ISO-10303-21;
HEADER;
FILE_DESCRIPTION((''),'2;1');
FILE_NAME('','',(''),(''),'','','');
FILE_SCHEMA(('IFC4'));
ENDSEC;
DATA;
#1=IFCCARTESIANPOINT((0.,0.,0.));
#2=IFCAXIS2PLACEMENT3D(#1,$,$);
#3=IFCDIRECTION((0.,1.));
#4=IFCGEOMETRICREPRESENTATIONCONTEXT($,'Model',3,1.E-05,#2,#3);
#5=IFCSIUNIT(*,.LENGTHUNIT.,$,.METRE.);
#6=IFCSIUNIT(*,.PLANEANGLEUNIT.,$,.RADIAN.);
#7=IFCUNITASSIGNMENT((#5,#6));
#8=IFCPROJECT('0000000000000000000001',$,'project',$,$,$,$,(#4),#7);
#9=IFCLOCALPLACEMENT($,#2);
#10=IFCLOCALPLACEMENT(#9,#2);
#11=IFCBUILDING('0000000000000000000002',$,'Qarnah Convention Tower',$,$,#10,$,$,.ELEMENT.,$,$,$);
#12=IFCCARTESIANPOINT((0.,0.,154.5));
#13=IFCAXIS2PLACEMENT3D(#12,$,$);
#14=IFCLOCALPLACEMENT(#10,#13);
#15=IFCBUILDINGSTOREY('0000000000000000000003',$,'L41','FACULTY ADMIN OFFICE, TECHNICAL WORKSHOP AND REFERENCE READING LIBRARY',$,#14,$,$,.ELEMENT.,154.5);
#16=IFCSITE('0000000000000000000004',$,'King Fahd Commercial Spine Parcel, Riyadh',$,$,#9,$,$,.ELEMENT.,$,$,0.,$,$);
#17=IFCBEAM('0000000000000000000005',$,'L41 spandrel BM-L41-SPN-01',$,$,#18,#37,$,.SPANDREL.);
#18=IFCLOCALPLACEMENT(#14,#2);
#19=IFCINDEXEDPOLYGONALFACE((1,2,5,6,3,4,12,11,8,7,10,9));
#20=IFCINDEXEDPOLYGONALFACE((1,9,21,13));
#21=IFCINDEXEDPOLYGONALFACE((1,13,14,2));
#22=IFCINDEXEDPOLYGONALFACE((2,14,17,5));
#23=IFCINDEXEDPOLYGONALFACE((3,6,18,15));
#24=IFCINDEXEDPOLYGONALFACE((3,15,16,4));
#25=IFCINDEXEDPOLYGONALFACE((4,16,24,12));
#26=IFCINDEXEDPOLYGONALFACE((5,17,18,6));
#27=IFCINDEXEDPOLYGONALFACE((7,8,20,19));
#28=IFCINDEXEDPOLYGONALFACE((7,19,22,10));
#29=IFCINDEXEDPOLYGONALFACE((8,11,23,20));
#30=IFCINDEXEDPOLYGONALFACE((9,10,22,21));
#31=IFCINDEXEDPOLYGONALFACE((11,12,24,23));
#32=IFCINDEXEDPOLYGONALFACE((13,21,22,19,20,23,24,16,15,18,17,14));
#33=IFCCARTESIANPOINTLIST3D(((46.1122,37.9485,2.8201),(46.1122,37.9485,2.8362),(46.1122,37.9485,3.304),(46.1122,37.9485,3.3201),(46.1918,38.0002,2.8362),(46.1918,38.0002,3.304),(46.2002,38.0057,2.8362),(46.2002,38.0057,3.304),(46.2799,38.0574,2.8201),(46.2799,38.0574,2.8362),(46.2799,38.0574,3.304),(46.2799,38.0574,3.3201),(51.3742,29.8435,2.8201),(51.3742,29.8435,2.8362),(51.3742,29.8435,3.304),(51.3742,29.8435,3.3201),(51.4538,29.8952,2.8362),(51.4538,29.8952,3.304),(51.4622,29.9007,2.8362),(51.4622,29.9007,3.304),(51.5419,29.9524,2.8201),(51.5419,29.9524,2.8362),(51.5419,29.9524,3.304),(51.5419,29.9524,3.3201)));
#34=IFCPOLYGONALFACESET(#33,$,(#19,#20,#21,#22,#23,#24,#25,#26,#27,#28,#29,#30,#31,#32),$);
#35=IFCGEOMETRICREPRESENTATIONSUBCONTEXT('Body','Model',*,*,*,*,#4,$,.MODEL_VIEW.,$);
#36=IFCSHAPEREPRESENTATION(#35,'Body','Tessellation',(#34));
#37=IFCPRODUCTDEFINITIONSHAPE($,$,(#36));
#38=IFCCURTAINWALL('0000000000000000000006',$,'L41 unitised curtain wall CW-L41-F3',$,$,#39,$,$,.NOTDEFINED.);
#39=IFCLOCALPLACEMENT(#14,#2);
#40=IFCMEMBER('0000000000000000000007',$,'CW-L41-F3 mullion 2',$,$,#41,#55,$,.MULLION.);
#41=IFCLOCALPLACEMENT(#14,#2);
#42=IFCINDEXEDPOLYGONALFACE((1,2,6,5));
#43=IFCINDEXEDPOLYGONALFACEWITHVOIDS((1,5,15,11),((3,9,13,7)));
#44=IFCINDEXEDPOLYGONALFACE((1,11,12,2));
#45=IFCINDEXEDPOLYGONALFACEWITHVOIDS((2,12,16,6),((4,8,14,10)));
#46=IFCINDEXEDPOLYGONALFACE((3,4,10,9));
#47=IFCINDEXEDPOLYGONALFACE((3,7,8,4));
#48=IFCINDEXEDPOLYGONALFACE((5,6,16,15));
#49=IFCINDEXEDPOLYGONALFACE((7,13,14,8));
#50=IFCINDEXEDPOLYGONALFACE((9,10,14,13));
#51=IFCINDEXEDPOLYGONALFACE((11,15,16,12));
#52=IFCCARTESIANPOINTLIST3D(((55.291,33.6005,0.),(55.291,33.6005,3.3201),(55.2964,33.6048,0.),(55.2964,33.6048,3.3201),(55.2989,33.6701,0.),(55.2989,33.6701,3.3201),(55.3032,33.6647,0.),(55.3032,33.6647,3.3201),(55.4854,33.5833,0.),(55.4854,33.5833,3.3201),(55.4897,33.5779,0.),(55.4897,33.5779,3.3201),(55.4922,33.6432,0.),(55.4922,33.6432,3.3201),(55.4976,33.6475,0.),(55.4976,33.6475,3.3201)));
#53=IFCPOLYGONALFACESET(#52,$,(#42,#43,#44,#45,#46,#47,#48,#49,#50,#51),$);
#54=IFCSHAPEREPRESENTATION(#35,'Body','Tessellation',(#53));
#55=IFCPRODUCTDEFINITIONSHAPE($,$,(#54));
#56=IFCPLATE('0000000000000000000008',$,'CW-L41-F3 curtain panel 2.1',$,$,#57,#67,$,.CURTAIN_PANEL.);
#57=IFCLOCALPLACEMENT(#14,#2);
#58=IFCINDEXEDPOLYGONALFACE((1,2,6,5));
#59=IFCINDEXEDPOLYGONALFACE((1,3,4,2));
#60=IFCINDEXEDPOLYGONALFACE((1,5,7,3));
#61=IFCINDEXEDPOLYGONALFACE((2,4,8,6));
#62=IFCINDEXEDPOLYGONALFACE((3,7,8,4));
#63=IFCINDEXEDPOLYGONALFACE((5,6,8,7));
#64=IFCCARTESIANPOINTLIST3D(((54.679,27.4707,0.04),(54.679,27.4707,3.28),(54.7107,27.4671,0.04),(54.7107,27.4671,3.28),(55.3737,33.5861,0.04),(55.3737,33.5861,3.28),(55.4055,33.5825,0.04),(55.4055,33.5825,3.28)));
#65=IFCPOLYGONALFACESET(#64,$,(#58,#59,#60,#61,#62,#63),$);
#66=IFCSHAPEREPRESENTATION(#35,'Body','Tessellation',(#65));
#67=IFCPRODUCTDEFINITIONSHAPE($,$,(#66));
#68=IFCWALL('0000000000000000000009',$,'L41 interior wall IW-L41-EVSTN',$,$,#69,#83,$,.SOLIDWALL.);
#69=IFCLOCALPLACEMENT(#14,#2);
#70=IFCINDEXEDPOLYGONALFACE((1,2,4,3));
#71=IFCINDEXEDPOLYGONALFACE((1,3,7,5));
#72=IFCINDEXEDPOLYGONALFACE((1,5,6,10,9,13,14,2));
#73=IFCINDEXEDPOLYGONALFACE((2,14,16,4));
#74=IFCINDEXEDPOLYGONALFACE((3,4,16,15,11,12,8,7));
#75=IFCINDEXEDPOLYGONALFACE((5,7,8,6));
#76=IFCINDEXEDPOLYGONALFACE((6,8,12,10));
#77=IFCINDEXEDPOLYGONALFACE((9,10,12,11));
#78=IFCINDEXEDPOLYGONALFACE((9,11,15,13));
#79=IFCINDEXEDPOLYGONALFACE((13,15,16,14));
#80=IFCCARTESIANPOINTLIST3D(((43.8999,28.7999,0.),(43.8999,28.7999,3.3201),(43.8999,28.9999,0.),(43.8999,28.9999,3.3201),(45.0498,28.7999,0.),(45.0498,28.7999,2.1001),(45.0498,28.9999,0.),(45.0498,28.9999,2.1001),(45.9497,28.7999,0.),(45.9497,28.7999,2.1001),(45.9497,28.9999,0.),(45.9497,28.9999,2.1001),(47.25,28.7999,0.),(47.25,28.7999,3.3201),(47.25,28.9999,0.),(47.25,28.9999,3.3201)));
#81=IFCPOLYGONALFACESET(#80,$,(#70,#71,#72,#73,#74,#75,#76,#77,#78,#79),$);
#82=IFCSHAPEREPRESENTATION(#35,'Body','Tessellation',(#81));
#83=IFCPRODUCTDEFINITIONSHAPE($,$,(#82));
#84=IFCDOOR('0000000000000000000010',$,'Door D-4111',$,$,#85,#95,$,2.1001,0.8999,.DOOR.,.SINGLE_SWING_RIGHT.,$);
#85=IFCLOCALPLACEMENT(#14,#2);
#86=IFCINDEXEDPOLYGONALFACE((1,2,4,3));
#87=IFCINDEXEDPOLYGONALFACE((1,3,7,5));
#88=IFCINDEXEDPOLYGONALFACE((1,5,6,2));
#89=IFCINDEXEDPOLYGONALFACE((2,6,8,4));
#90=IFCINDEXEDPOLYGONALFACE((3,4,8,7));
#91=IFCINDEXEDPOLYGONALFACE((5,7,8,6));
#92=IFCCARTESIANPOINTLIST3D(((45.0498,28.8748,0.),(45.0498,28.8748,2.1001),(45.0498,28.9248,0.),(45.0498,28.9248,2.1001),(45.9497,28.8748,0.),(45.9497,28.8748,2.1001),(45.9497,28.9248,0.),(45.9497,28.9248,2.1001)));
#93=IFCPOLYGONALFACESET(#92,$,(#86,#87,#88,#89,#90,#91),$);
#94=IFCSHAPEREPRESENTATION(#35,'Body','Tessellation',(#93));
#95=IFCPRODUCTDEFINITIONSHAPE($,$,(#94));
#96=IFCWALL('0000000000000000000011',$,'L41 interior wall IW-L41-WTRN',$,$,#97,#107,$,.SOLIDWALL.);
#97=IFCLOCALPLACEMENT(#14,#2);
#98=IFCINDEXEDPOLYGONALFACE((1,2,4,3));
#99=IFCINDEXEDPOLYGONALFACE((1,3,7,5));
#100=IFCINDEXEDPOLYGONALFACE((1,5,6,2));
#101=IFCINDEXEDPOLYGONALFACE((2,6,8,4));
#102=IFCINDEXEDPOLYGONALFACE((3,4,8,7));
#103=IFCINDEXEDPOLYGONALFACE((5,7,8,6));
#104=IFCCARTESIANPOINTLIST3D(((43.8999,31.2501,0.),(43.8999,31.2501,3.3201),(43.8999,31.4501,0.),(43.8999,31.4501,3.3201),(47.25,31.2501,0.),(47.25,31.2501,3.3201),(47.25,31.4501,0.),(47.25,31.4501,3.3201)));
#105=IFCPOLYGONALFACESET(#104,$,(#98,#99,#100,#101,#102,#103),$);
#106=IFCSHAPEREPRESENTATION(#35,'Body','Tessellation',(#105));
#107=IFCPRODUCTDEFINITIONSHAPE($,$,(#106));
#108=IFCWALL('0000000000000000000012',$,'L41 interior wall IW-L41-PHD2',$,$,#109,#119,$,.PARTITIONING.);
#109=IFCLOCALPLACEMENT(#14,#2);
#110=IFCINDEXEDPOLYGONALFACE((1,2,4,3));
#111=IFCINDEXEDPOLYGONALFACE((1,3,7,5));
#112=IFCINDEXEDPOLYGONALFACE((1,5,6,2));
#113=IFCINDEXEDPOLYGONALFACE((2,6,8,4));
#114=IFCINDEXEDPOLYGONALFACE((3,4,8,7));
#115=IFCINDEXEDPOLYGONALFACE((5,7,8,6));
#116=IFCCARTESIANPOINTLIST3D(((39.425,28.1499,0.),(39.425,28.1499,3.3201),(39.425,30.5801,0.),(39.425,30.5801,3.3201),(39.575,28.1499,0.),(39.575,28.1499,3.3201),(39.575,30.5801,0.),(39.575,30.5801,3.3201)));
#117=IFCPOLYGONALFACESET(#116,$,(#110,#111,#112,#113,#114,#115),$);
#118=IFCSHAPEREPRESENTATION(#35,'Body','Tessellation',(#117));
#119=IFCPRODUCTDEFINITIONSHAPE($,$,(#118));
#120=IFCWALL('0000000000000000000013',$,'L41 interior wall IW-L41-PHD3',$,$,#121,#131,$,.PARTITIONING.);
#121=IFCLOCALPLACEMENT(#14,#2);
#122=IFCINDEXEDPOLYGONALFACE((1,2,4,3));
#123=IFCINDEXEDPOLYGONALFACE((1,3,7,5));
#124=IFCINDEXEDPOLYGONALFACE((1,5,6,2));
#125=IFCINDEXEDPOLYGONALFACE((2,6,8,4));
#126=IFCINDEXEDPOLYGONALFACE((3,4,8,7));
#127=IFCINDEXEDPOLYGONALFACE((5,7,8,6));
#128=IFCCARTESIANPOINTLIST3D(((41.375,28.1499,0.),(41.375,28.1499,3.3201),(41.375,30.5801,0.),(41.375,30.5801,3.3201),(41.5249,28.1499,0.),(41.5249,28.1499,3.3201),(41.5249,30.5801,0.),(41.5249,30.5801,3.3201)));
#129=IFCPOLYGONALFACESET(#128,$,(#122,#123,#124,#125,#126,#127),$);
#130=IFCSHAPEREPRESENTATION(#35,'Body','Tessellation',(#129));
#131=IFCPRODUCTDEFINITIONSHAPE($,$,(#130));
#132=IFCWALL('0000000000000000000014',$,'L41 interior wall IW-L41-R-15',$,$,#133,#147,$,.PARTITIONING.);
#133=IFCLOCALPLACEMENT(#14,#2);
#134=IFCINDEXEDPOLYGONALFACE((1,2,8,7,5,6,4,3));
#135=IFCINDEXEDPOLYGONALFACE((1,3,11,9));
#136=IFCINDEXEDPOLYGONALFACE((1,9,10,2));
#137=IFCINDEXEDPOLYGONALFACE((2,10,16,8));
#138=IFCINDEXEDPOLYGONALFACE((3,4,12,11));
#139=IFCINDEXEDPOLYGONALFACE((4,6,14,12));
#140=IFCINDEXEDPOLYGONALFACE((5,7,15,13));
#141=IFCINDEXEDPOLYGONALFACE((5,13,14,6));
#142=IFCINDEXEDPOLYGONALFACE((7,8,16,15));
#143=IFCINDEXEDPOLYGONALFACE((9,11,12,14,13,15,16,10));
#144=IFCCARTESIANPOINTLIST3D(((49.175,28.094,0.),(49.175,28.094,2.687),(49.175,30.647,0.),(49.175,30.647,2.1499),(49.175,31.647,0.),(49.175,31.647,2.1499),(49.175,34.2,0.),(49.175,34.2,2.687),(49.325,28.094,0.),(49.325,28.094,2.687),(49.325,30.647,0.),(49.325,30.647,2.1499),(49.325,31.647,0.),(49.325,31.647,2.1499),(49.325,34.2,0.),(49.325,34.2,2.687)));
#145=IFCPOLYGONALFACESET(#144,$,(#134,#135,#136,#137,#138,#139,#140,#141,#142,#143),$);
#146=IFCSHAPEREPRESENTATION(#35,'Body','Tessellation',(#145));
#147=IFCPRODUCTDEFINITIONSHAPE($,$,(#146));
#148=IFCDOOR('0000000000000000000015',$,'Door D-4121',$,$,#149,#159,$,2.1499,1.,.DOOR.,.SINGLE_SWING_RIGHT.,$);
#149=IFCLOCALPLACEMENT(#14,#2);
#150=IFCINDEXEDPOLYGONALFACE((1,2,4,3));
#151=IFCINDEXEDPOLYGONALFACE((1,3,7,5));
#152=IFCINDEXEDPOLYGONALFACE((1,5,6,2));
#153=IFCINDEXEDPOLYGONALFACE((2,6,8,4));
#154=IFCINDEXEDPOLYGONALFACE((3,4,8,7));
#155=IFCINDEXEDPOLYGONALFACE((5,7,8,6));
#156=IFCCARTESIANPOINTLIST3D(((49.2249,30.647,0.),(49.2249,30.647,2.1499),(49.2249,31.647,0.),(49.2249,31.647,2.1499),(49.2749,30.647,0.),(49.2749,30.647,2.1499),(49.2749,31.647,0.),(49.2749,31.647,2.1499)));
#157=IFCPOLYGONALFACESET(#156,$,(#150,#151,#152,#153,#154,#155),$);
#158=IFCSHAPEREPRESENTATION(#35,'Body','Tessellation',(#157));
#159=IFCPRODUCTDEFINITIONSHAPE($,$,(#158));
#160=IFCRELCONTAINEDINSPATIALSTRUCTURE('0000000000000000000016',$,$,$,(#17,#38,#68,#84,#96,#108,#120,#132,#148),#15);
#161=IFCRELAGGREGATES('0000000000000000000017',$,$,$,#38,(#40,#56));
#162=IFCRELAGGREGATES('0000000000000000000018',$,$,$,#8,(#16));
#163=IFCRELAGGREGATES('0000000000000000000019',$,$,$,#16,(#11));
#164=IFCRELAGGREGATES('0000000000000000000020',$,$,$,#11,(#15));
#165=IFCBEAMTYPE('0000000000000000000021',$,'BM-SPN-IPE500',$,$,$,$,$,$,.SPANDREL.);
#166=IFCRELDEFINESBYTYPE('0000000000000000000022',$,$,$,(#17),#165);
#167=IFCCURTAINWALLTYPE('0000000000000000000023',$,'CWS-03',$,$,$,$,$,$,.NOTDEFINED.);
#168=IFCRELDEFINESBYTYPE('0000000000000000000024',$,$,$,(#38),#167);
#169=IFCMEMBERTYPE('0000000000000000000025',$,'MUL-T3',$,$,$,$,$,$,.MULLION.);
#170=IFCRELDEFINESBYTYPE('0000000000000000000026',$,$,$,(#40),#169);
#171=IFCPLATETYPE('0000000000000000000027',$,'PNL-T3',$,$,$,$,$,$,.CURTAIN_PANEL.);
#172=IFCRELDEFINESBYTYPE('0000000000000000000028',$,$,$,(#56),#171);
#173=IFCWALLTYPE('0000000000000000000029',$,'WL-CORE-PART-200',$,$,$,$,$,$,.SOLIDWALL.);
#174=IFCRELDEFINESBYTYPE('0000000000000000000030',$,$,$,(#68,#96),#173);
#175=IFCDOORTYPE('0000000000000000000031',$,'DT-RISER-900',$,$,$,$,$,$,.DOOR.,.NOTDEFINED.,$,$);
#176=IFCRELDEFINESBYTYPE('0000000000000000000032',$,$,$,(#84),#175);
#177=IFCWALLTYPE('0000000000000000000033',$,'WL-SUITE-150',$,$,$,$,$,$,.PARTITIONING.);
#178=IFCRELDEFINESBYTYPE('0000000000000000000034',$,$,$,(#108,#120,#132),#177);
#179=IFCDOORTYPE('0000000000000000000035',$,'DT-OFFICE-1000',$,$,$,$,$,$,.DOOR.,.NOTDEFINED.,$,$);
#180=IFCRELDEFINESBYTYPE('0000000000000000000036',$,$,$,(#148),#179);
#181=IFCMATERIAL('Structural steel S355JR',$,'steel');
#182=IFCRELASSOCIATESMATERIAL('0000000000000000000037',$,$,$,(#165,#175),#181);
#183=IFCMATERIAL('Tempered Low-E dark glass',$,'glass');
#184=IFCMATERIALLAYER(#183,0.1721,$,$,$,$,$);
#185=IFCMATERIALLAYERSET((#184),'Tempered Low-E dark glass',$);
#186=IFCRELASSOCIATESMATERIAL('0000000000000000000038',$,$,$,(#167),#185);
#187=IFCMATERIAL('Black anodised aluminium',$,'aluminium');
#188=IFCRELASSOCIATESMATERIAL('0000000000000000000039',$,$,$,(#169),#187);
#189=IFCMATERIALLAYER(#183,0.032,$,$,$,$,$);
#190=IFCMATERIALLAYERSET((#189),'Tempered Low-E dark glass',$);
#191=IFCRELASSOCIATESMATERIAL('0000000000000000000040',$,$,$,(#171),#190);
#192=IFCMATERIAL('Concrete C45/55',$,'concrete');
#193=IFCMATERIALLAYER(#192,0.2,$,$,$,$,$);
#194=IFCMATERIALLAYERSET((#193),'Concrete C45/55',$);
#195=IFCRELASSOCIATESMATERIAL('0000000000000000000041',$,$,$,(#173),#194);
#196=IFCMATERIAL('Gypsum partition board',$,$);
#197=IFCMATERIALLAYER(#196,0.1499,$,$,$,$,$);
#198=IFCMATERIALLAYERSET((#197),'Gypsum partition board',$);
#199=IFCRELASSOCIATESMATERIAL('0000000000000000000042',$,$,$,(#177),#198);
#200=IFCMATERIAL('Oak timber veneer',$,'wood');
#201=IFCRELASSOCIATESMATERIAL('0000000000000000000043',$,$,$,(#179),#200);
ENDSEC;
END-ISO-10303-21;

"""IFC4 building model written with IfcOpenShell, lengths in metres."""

from ifc_helpers import new_model, si_unit, direction, frame, frame_2d, origin, origin_2d, place, context, subcontext, project, spatial, rectangle, hollow_rectangle, i_section, extrude, material, layer, layer_set, material_profile, profile_set, type_object, element, fill, aggregate, save


model = new_model("IFC4")

# Units and contexts
model_context = context("Model", 3, precision=1e-05, world=origin(), true_north=direction((0.0, 1.0)))
body_context = subcontext(model_context, "Body", "Model", "MODEL_VIEW")
ifc_project = project(units=[si_unit("LENGTHUNIT", "METRE"), si_unit("PLANEANGLEUNIT", "RADIAN")], contexts=[model_context])

# Site, building, storey
site_placement = place(None, origin())
site = spatial("IfcSite", under=ifc_project, at=site_placement, Name="King Fahd Commercial Spine Parcel, Riyadh", CompositionType="ELEMENT", RefElevation=0.0)
building_placement = place(site_placement, origin())
building = spatial("IfcBuilding", under=site, at=building_placement, Name="Qarnah Convention Tower", CompositionType="ELEMENT")
storey_placement = place(building_placement, frame((0.0, 0.0, 154.5)))
storey = spatial("IfcBuildingStorey", under=building, at=storey_placement, Name="L41", Description="FACULTY ADMIN OFFICE, TECHNICAL WORKSHOP AND REFERENCE READING LIBRARY", CompositionType="ELEMENT", Elevation=154.5)

# Beam
ifc_material_1 = material(Name="Structural steel S355JR", Category="steel")
ifc_material_profile_1 = material_profile(ifc_material_1, i_section(OverallWidth=0.2, OverallDepth=0.5, WebThickness=0.01, FlangeThickness=0.0161, at=origin_2d()), Name="IPE500")
ifc_profile_set_1 = profile_set([ifc_material_profile_1], Name="Structural steel S355JR")
beam_type_1 = type_object("IfcBeamType", Name="BM-SPN-IPE500", PredefinedType="SPANDREL", material=ifc_profile_set_1)
beam_1_placement = place(storey_placement, frame((51.458, 29.8979, 3.0701), z_axis=(-0.544532, 0.83874, 0.0), x_axis=(-0.83874, -0.544532, 0.0)))
element("IfcBeam", 1, at=beam_1_placement, inside=storey, type_object=beam_type_1, Name="L41 spandrel BM-L41-SPN-01", PredefinedType="SPANDREL", context=body_context, shape_type="SweptSolid", body=[
    extrude(i_section(OverallWidth=0.2, OverallDepth=0.5, WebThickness=0.01, FlangeThickness=0.0161, at=origin_2d()), origin(), (0.0, 0.0, 1.0), 9.6633),
])

# Curtain wall, member, plate
ifc_material_2 = material(Name="Tempered Low-E dark glass", Category="glass")
ifc_layer_1 = layer(ifc_material_2, 0.1721)
ifc_layer_set_1 = layer_set([ifc_layer_1], Name="Tempered Low-E dark glass")
curtain_wall_type = type_object("IfcCurtainWallType", Name="CWS-03", PredefinedType="NOTDEFINED", material=ifc_layer_set_1)
curtain_wall_placement = place(storey_placement, origin())
curtain_wall = element("IfcCurtainWall", 2, at=curtain_wall_placement, inside=storey, type_object=curtain_wall_type, Name="L41 unitised curtain wall CW-L41-F3", PredefinedType="NOTDEFINED")
ifc_material_3 = material(Name="Black anodised aluminium", Category="aluminium")
ifc_material_profile_2 = material_profile(ifc_material_3, hollow_rectangle(XDim=0.0701, YDim=0.2, WallThickness=0.0049, at=origin_2d()), Name="MUL-70X200")
ifc_profile_set_2 = profile_set([ifc_material_profile_2], Name="Black anodised aluminium")
member_type = type_object("IfcMemberType", Name="MUL-T3", PredefinedType="MULLION", material=ifc_profile_set_2)
member_placement = place(storey_placement, frame((55.3943, 33.624, 0.0), z_axis=(0.0, 0.0, 1.0), x_axis=(-0.112882, -0.993608, 0.0)))
member = element("IfcMember", 3, at=member_placement, type_object=member_type, Name="CW-L41-F3 mullion 2", PredefinedType="MULLION", context=body_context, shape_type="SweptSolid", body=[
    extrude(hollow_rectangle(XDim=0.0701, YDim=0.2, WallThickness=0.0049, at=origin_2d()), origin(), (0.0, 0.0, 1.0), 3.3201),
])
ifc_layer_2 = layer(ifc_material_2, 0.032)
ifc_layer_set_2 = layer_set([ifc_layer_2], Name="Tempered Low-E dark glass")
plate_type = type_object("IfcPlateType", Name="PNL-T3", PredefinedType="CURTAIN_PANEL", material=ifc_layer_set_2)
plate_placement = place(storey_placement, frame((55.0422, 30.5266, 0.04), z_axis=(0.0, 0.0, 1.0), x_axis=(-0.112882, -0.993608, 0.0)))
plate = element("IfcPlate", 4, at=plate_placement, type_object=plate_type, Name="CW-L41-F3 curtain panel 2.1", PredefinedType="CURTAIN_PANEL", context=body_context, shape_type="SweptSolid", body=[
    extrude(rectangle(XDim=6.1548, YDim=0.032, at=origin_2d()), origin(), (0.0, 0.0, 1.0), 3.24),
])
aggregate(curtain_wall, [member, plate])

# Wall, opening, door
ifc_material_4 = material(Name="Concrete C45/55", Category="concrete")
ifc_layer_3 = layer(ifc_material_4, 0.2)
ifc_layer_set_3 = layer_set([ifc_layer_3], Name="Concrete C45/55")
wall_type_1 = type_object("IfcWallType", Name="WL-CORE-PART-200", PredefinedType="SOLIDWALL", material=ifc_layer_set_3)
wall_1_placement = place(storey_placement, frame((43.8999, 28.8999, 0.0), z_axis=(0.0, 0.0, 1.0), x_axis=(1.0, 0.0, 0.0)))
wall_1 = element("IfcWall", 5, at=wall_1_placement, inside=storey, type_object=wall_type_1, Name="L41 interior wall IW-L41-EVSTN", PredefinedType="SOLIDWALL", context=body_context, shape_type="SweptSolid", body=[
    extrude(rectangle(XDim=3.3501, YDim=0.2, at=frame_2d((1.675, 0.0))), origin(), (0.0, 0.0, 1.0), 3.3201),
])
opening_1_placement = place(wall_1_placement, frame((1.1499, 0.0, 0.0)))
opening_1 = element("IfcOpeningElement", 6, at=opening_1_placement, cuts=wall_1, PredefinedType="OPENING", context=body_context, shape_type="SweptSolid", body=[
    extrude(rectangle(XDim=0.8999, YDim=2.1001, at=frame_2d((0.45, 1.05))), frame((0.0, 0.1099, 0.0), z_axis=(0.0, -1.0, 0.0), x_axis=(1.0, 0.0, 0.0)), (0.0, 0.0, 1.0), 0.22),
])
door_type_1 = type_object("IfcDoorType", Name="DT-RISER-900", OperationType="NOTDEFINED", PredefinedType="DOOR", material=ifc_material_1)
door_1_placement = place(opening_1_placement, origin())
door_1 = element("IfcDoor", 7, at=door_1_placement, inside=storey, type_object=door_type_1, Name="Door D-4111", OperationType="SINGLE_SWING_RIGHT", OverallHeight=2.1001, OverallWidth=0.8999, PredefinedType="DOOR", context=body_context, shape_type="SweptSolid", body=[
    extrude(rectangle(XDim=0.8999, YDim=2.1001, at=frame_2d((0.45, 1.05))), frame((0.0, 0.0249, 0.0), z_axis=(0.0, -1.0, 0.0), x_axis=(1.0, 0.0, 0.0)), (0.0, 0.0, 1.0), 0.05),
])
fill(opening_1, door_1)

# Walls
wall_2_placement = place(storey_placement, frame((43.8999, 31.3501, 0.0), z_axis=(0.0, 0.0, 1.0), x_axis=(1.0, 0.0, 0.0)))
element("IfcWall", 8, at=wall_2_placement, inside=storey, type_object=wall_type_1, Name="L41 interior wall IW-L41-WTRN", PredefinedType="SOLIDWALL", context=body_context, shape_type="SweptSolid", body=[
    extrude(rectangle(XDim=3.3501, YDim=0.2, at=frame_2d((1.675, 0.0))), origin(), (0.0, 0.0, 1.0), 3.3201),
])
ifc_material_5 = material(Name="Gypsum partition board")
ifc_layer_4 = layer(ifc_material_5, 0.1499)
ifc_layer_set_4 = layer_set([ifc_layer_4], Name="Gypsum partition board")
wall_type_2 = type_object("IfcWallType", Name="WL-SUITE-150", PredefinedType="PARTITIONING", material=ifc_layer_set_4)
for number, where, z_axis, x_axis, name in (
    (9, (39.5, 28.1499, 0.0), (0.0, 0.0, 1.0), (0.0, 1.0, 0.0), "L41 interior wall IW-L41-PHD2"),
    (10, (41.45, 28.1499, 0.0), (0.0, 0.0, 1.0), (0.0, 1.0, 0.0), "L41 interior wall IW-L41-PHD3"),
):
    element("IfcWall", number, at=place(storey_placement, frame(where, z_axis=z_axis, x_axis=x_axis)), inside=storey, type_object=wall_type_2, Name=name, PredefinedType="PARTITIONING", context=body_context, shape_type="SweptSolid", body=[
        extrude(rectangle(XDim=2.4302, YDim=0.1499, at=frame_2d((1.2151, 0.0))), origin(), (0.0, 0.0, 1.0), 3.3201),
    ])

# Wall, opening, door
wall_3_placement = place(storey_placement, frame((49.25, 34.2, 0.0), z_axis=(0.0, 0.0, 1.0), x_axis=(0.0, -1.0, 0.0)))
wall_3 = element("IfcWall", 11, at=wall_3_placement, inside=storey, type_object=wall_type_2, Name="L41 interior wall IW-L41-R-15", PredefinedType="PARTITIONING", context=body_context, shape_type="SweptSolid", body=[
    extrude(rectangle(XDim=6.106, YDim=0.1499, at=frame_2d((3.053, 0.0))), origin(), (0.0, 0.0, 1.0), 2.687),
])
opening_2_placement = place(wall_3_placement, frame((2.553, 0.0, 0.0)))
opening_2 = element("IfcOpeningElement", 12, at=opening_2_placement, cuts=wall_3, PredefinedType="OPENING", context=body_context, shape_type="SweptSolid", body=[
    extrude(rectangle(XDim=1.0, YDim=2.1499, at=frame_2d((0.5, 1.075))), frame((0.0, 0.085, 0.0), z_axis=(0.0, -1.0, 0.0), x_axis=(1.0, 0.0, 0.0)), (0.0, 0.0, 1.0), 0.1699),
])
ifc_material_6 = material(Name="Oak timber veneer", Category="wood")
door_type_2 = type_object("IfcDoorType", Name="DT-OFFICE-1000", OperationType="NOTDEFINED", PredefinedType="DOOR", material=ifc_material_6)
door_2_placement = place(opening_2_placement, origin())
door_2 = element("IfcDoor", 13, at=door_2_placement, inside=storey, type_object=door_type_2, Name="Door D-4121", OperationType="SINGLE_SWING_RIGHT", OverallHeight=2.1499, OverallWidth=1.0, PredefinedType="DOOR", context=body_context, shape_type="SweptSolid", body=[
    extrude(rectangle(XDim=1.0, YDim=2.1499, at=frame_2d((0.5, 1.075))), frame((0.0, 0.0249, 0.0), z_axis=(0.0, -1.0, 0.0), x_axis=(1.0, 0.0, 0.0)), (0.0, 0.0, 1.0), 0.05),
])
fill(opening_2, door_2)

save(model, "model.ifc")
